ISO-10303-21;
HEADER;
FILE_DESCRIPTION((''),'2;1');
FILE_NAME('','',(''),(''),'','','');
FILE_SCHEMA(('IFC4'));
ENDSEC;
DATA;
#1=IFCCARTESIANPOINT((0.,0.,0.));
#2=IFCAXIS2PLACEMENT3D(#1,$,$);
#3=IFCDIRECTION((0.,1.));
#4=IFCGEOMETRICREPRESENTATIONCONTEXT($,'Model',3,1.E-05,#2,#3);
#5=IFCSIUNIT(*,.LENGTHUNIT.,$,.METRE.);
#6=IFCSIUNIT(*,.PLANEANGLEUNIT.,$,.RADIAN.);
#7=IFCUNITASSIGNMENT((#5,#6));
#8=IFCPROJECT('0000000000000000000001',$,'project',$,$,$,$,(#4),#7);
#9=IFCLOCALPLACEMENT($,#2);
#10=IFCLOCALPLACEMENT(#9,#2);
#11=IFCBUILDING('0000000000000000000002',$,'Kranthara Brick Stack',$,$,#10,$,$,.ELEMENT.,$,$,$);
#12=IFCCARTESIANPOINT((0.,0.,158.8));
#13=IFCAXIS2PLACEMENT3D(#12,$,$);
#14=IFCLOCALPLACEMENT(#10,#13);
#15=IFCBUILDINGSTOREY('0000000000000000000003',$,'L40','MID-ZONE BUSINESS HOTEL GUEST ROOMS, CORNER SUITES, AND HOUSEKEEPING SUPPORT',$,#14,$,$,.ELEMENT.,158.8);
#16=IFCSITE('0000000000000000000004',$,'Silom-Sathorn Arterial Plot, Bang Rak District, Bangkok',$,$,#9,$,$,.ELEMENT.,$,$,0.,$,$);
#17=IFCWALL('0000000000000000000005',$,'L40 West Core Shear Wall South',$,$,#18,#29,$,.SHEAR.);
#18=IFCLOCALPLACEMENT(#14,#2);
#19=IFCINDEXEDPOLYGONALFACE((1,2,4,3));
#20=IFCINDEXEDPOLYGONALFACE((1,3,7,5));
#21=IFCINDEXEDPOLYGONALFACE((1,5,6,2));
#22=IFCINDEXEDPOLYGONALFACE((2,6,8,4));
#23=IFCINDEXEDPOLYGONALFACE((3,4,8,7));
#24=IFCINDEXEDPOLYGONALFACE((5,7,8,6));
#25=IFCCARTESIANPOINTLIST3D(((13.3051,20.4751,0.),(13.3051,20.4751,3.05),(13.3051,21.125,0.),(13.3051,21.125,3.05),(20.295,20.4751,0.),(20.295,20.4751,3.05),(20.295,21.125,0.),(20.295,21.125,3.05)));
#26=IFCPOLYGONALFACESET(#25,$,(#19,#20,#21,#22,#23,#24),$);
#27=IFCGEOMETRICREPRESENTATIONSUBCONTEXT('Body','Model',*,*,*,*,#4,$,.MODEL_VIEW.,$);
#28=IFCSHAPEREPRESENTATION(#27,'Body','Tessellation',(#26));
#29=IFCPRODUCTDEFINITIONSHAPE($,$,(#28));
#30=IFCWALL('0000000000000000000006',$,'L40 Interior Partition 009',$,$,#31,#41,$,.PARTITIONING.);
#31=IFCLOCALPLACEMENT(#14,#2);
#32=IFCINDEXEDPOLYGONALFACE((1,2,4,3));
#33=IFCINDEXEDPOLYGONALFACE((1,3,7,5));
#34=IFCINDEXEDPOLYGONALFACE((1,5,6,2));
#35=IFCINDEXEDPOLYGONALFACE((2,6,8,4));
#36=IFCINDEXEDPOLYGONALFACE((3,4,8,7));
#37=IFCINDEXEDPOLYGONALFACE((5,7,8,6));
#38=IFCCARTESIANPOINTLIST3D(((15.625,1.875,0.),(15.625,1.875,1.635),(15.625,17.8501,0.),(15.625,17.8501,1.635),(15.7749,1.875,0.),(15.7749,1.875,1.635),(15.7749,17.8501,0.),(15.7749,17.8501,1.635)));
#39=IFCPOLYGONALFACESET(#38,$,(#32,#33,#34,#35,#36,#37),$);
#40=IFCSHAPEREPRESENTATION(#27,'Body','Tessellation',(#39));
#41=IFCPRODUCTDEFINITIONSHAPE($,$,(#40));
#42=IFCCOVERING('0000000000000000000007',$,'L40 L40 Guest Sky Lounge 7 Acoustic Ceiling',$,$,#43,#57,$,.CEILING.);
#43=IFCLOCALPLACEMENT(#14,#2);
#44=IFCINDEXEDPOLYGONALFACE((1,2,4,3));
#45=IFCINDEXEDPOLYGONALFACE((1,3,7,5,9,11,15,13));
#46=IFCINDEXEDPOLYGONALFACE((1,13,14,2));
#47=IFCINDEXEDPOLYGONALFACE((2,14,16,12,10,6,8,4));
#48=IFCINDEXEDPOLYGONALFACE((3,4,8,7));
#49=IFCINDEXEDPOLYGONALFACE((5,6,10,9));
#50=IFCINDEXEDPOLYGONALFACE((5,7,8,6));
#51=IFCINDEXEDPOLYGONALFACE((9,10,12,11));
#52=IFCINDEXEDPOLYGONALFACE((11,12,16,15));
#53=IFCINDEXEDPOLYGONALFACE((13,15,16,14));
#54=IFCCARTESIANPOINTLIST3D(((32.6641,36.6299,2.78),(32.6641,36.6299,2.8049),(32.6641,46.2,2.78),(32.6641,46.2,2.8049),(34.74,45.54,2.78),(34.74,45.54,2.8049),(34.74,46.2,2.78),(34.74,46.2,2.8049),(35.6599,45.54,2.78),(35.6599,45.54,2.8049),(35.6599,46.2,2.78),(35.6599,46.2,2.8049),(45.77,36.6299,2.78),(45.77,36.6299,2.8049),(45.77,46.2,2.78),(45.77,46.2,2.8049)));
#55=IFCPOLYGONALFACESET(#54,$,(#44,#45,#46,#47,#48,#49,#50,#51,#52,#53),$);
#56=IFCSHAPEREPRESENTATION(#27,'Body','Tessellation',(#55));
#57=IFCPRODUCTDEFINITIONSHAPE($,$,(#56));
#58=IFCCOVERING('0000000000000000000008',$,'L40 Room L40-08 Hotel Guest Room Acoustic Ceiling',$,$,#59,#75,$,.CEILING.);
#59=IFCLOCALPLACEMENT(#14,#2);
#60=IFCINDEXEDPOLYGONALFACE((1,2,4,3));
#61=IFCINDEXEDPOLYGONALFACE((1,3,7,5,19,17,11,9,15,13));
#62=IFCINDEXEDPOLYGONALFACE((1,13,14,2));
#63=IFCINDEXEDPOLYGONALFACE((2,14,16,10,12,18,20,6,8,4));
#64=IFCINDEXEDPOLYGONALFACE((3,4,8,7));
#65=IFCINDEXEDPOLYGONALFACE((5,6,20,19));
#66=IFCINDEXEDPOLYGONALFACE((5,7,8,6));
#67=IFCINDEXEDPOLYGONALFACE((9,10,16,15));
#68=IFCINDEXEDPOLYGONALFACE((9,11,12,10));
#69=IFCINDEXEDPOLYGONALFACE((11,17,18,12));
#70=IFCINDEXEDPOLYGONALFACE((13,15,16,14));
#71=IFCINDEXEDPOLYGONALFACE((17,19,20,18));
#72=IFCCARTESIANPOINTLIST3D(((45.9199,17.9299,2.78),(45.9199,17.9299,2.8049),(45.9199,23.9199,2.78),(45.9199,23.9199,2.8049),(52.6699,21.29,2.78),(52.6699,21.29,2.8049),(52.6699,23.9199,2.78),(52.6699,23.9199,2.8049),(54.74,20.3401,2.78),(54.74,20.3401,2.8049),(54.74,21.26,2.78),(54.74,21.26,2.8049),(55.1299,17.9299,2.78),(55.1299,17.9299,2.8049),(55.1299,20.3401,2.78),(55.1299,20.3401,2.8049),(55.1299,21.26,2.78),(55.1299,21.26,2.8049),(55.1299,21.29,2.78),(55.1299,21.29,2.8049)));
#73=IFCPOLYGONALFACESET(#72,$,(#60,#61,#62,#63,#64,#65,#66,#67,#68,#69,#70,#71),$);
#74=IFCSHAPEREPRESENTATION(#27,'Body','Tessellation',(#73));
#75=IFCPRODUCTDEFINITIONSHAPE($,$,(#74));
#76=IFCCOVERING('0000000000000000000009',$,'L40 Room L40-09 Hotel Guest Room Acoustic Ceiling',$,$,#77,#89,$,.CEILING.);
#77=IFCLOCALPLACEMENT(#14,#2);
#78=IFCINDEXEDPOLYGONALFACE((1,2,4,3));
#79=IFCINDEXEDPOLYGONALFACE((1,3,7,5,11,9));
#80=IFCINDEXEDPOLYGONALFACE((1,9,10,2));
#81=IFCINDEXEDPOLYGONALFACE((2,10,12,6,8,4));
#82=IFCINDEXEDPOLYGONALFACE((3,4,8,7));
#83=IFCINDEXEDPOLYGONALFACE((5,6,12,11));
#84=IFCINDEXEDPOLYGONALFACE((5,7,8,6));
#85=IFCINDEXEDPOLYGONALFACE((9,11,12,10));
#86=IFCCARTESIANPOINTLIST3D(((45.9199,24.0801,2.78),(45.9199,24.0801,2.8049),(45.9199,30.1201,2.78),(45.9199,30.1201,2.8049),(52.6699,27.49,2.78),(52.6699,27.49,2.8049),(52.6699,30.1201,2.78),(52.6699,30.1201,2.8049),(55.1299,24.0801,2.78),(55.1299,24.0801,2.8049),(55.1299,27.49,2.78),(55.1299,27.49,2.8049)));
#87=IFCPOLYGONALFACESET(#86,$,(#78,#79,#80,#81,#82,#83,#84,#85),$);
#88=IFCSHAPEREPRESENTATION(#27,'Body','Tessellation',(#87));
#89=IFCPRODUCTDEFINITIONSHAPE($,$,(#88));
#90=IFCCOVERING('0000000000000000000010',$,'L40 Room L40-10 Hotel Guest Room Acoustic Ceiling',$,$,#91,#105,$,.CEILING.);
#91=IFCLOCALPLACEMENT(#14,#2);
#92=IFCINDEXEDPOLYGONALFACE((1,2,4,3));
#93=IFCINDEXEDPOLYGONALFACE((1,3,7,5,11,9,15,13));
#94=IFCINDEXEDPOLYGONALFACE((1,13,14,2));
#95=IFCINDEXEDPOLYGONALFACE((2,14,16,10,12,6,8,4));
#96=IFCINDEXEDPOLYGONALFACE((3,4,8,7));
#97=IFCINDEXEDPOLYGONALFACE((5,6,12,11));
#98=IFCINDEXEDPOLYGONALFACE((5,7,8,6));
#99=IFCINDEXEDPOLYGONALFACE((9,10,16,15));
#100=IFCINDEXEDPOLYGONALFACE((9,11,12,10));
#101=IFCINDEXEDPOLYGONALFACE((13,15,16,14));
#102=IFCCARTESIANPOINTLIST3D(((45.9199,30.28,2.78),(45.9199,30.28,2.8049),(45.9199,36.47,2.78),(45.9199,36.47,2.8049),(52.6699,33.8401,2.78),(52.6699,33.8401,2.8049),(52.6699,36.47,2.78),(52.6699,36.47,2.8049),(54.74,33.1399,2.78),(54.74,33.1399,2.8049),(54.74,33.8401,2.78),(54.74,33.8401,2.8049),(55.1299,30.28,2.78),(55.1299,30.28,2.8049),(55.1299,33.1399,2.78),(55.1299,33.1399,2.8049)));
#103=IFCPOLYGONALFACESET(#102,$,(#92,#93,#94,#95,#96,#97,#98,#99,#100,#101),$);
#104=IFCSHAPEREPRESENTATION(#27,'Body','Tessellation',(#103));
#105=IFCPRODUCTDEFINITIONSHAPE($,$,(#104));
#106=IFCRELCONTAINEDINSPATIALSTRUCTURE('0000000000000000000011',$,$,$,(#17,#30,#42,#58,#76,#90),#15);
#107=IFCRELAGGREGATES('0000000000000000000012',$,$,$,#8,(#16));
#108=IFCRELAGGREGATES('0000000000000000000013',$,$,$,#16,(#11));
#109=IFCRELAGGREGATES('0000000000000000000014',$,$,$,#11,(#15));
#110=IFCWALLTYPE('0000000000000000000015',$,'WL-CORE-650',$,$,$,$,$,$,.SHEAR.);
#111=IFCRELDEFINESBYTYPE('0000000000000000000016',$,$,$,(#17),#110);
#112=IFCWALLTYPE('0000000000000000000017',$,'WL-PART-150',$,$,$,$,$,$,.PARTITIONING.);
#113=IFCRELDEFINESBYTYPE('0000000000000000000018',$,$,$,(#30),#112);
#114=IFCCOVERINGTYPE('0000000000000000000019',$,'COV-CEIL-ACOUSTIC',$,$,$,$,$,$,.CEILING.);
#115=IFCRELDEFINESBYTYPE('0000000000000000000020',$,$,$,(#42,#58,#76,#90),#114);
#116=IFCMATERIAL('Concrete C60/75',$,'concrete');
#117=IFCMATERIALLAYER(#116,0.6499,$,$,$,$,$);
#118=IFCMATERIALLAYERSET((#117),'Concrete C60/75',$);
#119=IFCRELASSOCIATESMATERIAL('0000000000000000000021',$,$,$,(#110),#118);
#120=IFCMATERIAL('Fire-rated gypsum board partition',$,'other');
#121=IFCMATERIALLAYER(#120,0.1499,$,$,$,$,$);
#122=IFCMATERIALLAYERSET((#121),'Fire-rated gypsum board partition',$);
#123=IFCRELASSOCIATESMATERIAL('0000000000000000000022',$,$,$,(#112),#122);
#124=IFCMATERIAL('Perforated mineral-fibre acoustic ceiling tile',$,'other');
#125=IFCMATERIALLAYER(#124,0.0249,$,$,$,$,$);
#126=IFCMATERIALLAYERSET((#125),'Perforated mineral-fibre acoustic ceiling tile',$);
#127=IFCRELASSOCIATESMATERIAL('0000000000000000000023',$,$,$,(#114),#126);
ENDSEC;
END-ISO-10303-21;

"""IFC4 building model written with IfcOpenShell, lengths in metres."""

from ifc_helpers import new_model, si_unit, direction, frame, frame_2d, origin, place, context, subcontext, project, spatial, polyline, rectangle, outline, extrude, material, layer, layer_set, type_object, element, save


model = new_model("IFC4")

# Units and contexts
model_context = context("Model", 3, precision=1e-05, world=origin(), true_north=direction((0.0, 1.0)))
body_context = subcontext(model_context, "Body", "Model", "MODEL_VIEW")
ifc_project = project(units=[si_unit("LENGTHUNIT", "METRE"), si_unit("PLANEANGLEUNIT", "RADIAN")], contexts=[model_context])

# Site, building, storey
site_placement = place(None, origin())
site = spatial("IfcSite", under=ifc_project, at=site_placement, Name="Silom-Sathorn Arterial Plot, Bang Rak District, Bangkok", CompositionType="ELEMENT", RefElevation=0.0)
building_placement = place(site_placement, origin())
building = spatial("IfcBuilding", under=site, at=building_placement, Name="Kranthara Brick Stack", CompositionType="ELEMENT")
storey_placement = place(building_placement, frame((0.0, 0.0, 158.8)))
storey = spatial("IfcBuildingStorey", under=building, at=storey_placement, Name="L40", Description="MID-ZONE BUSINESS HOTEL GUEST ROOMS, CORNER SUITES, AND HOUSEKEEPING SUPPORT", CompositionType="ELEMENT", Elevation=158.8)

# Walls
ifc_material_1 = material(Name="Concrete C60/75", Category="concrete")
ifc_layer_1 = layer(ifc_material_1, 0.6499)
ifc_layer_set_1 = layer_set([ifc_layer_1], Name="Concrete C60/75")
wall_type_1 = type_object("IfcWallType", Name="WL-CORE-650", PredefinedType="SHEAR", material=ifc_layer_set_1)
wall_1_placement = place(storey_placement, frame((13.3049, 20.8, 0.0), z_axis=(0.0, 0.0, 1.0), x_axis=(1.0, 0.0, 0.0)))
element("IfcWall", 1, at=wall_1_placement, inside=storey, type_object=wall_type_1, Name="L40 West Core Shear Wall South", PredefinedType="SHEAR", context=body_context, shape_type="SweptSolid", body=[
    extrude(rectangle(XDim=6.99, YDim=0.6499, at=frame_2d((3.4951, 0.0))), origin(), (0.0, 0.0, 1.0), 3.05),
])
ifc_material_2 = material(Name="Fire-rated gypsum board partition", Category="other")
ifc_layer_2 = layer(ifc_material_2, 0.1499)
ifc_layer_set_2 = layer_set([ifc_layer_2], Name="Fire-rated gypsum board partition")
wall_type_2 = type_object("IfcWallType", Name="WL-PART-150", PredefinedType="PARTITIONING", material=ifc_layer_set_2)
wall_2_placement = place(storey_placement, frame((15.7, 1.875, 0.0), z_axis=(0.0, 0.0, 1.0), x_axis=(0.0, 1.0, 0.0)))
element("IfcWall", 2, at=wall_2_placement, inside=storey, type_object=wall_type_2, Name="L40 Interior Partition 009", PredefinedType="PARTITIONING", context=body_context, shape_type="SweptSolid", body=[
    extrude(rectangle(XDim=15.9751, YDim=0.1499, at=frame_2d((7.9875, 0.0))), origin(), (0.0, 0.0, 1.0), 1.635),
])

# Coverings
ifc_material_3 = material(Name="Perforated mineral-fibre acoustic ceiling tile", Category="other")
ifc_layer_3 = layer(ifc_material_3, 0.0249)
ifc_layer_set_3 = layer_set([ifc_layer_3], Name="Perforated mineral-fibre acoustic ceiling tile")
covering_type = type_object("IfcCoveringType", Name="COV-CEIL-ACOUSTIC", PredefinedType="CEILING", material=ifc_layer_set_3)
covering_1_placement = place(storey_placement, frame((0.0, 0.0, 2.78)))
element("IfcCovering", 3, at=covering_1_placement, inside=storey, type_object=covering_type, Name="L40 L40 Guest Sky Lounge 7 Acoustic Ceiling", PredefinedType="CEILING", context=body_context, shape_type="SweptSolid", body=[
    extrude(outline(polyline([(45.77, 46.2), (45.77, 36.6299), (32.6641, 36.6299), (32.6641, 46.2), (34.74, 46.2), (34.74, 45.54), (35.6599, 45.54), (35.6599, 46.2), (45.77, 46.2)])), origin(), (0.0, 0.0, 1.0), 0.0249),
])
covering_2_placement = place(storey_placement, frame((0.0, 0.0, 2.78)))
element("IfcCovering", 4, at=covering_2_placement, inside=storey, type_object=covering_type, Name="L40 Room L40-08 Hotel Guest Room Acoustic Ceiling", PredefinedType="CEILING", context=body_context, shape_type="SweptSolid", body=[
    extrude(outline(polyline([(55.1299, 17.9299), (45.9199, 17.9299), (45.9199, 23.9199), (52.6699, 23.9199), (52.6699, 21.29), (55.1299, 21.29), (55.1299, 21.26), (54.74, 21.26), (54.74, 20.3401), (55.1299, 20.3401), (55.1299, 17.9299)])), origin(), (0.0, 0.0, 1.0), 0.0249),
])
covering_3_placement = place(storey_placement, frame((0.0, 0.0, 2.78)))
element("IfcCovering", 5, at=covering_3_placement, inside=storey, type_object=covering_type, Name="L40 Room L40-09 Hotel Guest Room Acoustic Ceiling", PredefinedType="CEILING", context=body_context, shape_type="SweptSolid", body=[
    extrude(outline(polyline([(45.9199, 24.0801), (55.1299, 24.0801), (55.1299, 27.49), (52.6699, 27.49), (52.6699, 30.1201), (45.9199, 30.1201), (45.9199, 24.0801)])), origin(), (0.0, 0.0, 1.0), 0.0249),
])
covering_4_placement = place(storey_placement, frame((0.0, 0.0, 2.78)))
element("IfcCovering", 6, at=covering_4_placement, inside=storey, type_object=covering_type, Name="L40 Room L40-10 Hotel Guest Room Acoustic Ceiling", PredefinedType="CEILING", context=body_context, shape_type="SweptSolid", body=[
    extrude(outline(polyline([(55.1299, 30.28), (45.9199, 30.28), (45.9199, 36.47), (52.6699, 36.47), (52.6699, 33.8401), (54.74, 33.8401), (54.74, 33.1399), (55.1299, 33.1399), (55.1299, 30.28)])), origin(), (0.0, 0.0, 1.0), 0.0249),
])

save(model, "model.ifc")
